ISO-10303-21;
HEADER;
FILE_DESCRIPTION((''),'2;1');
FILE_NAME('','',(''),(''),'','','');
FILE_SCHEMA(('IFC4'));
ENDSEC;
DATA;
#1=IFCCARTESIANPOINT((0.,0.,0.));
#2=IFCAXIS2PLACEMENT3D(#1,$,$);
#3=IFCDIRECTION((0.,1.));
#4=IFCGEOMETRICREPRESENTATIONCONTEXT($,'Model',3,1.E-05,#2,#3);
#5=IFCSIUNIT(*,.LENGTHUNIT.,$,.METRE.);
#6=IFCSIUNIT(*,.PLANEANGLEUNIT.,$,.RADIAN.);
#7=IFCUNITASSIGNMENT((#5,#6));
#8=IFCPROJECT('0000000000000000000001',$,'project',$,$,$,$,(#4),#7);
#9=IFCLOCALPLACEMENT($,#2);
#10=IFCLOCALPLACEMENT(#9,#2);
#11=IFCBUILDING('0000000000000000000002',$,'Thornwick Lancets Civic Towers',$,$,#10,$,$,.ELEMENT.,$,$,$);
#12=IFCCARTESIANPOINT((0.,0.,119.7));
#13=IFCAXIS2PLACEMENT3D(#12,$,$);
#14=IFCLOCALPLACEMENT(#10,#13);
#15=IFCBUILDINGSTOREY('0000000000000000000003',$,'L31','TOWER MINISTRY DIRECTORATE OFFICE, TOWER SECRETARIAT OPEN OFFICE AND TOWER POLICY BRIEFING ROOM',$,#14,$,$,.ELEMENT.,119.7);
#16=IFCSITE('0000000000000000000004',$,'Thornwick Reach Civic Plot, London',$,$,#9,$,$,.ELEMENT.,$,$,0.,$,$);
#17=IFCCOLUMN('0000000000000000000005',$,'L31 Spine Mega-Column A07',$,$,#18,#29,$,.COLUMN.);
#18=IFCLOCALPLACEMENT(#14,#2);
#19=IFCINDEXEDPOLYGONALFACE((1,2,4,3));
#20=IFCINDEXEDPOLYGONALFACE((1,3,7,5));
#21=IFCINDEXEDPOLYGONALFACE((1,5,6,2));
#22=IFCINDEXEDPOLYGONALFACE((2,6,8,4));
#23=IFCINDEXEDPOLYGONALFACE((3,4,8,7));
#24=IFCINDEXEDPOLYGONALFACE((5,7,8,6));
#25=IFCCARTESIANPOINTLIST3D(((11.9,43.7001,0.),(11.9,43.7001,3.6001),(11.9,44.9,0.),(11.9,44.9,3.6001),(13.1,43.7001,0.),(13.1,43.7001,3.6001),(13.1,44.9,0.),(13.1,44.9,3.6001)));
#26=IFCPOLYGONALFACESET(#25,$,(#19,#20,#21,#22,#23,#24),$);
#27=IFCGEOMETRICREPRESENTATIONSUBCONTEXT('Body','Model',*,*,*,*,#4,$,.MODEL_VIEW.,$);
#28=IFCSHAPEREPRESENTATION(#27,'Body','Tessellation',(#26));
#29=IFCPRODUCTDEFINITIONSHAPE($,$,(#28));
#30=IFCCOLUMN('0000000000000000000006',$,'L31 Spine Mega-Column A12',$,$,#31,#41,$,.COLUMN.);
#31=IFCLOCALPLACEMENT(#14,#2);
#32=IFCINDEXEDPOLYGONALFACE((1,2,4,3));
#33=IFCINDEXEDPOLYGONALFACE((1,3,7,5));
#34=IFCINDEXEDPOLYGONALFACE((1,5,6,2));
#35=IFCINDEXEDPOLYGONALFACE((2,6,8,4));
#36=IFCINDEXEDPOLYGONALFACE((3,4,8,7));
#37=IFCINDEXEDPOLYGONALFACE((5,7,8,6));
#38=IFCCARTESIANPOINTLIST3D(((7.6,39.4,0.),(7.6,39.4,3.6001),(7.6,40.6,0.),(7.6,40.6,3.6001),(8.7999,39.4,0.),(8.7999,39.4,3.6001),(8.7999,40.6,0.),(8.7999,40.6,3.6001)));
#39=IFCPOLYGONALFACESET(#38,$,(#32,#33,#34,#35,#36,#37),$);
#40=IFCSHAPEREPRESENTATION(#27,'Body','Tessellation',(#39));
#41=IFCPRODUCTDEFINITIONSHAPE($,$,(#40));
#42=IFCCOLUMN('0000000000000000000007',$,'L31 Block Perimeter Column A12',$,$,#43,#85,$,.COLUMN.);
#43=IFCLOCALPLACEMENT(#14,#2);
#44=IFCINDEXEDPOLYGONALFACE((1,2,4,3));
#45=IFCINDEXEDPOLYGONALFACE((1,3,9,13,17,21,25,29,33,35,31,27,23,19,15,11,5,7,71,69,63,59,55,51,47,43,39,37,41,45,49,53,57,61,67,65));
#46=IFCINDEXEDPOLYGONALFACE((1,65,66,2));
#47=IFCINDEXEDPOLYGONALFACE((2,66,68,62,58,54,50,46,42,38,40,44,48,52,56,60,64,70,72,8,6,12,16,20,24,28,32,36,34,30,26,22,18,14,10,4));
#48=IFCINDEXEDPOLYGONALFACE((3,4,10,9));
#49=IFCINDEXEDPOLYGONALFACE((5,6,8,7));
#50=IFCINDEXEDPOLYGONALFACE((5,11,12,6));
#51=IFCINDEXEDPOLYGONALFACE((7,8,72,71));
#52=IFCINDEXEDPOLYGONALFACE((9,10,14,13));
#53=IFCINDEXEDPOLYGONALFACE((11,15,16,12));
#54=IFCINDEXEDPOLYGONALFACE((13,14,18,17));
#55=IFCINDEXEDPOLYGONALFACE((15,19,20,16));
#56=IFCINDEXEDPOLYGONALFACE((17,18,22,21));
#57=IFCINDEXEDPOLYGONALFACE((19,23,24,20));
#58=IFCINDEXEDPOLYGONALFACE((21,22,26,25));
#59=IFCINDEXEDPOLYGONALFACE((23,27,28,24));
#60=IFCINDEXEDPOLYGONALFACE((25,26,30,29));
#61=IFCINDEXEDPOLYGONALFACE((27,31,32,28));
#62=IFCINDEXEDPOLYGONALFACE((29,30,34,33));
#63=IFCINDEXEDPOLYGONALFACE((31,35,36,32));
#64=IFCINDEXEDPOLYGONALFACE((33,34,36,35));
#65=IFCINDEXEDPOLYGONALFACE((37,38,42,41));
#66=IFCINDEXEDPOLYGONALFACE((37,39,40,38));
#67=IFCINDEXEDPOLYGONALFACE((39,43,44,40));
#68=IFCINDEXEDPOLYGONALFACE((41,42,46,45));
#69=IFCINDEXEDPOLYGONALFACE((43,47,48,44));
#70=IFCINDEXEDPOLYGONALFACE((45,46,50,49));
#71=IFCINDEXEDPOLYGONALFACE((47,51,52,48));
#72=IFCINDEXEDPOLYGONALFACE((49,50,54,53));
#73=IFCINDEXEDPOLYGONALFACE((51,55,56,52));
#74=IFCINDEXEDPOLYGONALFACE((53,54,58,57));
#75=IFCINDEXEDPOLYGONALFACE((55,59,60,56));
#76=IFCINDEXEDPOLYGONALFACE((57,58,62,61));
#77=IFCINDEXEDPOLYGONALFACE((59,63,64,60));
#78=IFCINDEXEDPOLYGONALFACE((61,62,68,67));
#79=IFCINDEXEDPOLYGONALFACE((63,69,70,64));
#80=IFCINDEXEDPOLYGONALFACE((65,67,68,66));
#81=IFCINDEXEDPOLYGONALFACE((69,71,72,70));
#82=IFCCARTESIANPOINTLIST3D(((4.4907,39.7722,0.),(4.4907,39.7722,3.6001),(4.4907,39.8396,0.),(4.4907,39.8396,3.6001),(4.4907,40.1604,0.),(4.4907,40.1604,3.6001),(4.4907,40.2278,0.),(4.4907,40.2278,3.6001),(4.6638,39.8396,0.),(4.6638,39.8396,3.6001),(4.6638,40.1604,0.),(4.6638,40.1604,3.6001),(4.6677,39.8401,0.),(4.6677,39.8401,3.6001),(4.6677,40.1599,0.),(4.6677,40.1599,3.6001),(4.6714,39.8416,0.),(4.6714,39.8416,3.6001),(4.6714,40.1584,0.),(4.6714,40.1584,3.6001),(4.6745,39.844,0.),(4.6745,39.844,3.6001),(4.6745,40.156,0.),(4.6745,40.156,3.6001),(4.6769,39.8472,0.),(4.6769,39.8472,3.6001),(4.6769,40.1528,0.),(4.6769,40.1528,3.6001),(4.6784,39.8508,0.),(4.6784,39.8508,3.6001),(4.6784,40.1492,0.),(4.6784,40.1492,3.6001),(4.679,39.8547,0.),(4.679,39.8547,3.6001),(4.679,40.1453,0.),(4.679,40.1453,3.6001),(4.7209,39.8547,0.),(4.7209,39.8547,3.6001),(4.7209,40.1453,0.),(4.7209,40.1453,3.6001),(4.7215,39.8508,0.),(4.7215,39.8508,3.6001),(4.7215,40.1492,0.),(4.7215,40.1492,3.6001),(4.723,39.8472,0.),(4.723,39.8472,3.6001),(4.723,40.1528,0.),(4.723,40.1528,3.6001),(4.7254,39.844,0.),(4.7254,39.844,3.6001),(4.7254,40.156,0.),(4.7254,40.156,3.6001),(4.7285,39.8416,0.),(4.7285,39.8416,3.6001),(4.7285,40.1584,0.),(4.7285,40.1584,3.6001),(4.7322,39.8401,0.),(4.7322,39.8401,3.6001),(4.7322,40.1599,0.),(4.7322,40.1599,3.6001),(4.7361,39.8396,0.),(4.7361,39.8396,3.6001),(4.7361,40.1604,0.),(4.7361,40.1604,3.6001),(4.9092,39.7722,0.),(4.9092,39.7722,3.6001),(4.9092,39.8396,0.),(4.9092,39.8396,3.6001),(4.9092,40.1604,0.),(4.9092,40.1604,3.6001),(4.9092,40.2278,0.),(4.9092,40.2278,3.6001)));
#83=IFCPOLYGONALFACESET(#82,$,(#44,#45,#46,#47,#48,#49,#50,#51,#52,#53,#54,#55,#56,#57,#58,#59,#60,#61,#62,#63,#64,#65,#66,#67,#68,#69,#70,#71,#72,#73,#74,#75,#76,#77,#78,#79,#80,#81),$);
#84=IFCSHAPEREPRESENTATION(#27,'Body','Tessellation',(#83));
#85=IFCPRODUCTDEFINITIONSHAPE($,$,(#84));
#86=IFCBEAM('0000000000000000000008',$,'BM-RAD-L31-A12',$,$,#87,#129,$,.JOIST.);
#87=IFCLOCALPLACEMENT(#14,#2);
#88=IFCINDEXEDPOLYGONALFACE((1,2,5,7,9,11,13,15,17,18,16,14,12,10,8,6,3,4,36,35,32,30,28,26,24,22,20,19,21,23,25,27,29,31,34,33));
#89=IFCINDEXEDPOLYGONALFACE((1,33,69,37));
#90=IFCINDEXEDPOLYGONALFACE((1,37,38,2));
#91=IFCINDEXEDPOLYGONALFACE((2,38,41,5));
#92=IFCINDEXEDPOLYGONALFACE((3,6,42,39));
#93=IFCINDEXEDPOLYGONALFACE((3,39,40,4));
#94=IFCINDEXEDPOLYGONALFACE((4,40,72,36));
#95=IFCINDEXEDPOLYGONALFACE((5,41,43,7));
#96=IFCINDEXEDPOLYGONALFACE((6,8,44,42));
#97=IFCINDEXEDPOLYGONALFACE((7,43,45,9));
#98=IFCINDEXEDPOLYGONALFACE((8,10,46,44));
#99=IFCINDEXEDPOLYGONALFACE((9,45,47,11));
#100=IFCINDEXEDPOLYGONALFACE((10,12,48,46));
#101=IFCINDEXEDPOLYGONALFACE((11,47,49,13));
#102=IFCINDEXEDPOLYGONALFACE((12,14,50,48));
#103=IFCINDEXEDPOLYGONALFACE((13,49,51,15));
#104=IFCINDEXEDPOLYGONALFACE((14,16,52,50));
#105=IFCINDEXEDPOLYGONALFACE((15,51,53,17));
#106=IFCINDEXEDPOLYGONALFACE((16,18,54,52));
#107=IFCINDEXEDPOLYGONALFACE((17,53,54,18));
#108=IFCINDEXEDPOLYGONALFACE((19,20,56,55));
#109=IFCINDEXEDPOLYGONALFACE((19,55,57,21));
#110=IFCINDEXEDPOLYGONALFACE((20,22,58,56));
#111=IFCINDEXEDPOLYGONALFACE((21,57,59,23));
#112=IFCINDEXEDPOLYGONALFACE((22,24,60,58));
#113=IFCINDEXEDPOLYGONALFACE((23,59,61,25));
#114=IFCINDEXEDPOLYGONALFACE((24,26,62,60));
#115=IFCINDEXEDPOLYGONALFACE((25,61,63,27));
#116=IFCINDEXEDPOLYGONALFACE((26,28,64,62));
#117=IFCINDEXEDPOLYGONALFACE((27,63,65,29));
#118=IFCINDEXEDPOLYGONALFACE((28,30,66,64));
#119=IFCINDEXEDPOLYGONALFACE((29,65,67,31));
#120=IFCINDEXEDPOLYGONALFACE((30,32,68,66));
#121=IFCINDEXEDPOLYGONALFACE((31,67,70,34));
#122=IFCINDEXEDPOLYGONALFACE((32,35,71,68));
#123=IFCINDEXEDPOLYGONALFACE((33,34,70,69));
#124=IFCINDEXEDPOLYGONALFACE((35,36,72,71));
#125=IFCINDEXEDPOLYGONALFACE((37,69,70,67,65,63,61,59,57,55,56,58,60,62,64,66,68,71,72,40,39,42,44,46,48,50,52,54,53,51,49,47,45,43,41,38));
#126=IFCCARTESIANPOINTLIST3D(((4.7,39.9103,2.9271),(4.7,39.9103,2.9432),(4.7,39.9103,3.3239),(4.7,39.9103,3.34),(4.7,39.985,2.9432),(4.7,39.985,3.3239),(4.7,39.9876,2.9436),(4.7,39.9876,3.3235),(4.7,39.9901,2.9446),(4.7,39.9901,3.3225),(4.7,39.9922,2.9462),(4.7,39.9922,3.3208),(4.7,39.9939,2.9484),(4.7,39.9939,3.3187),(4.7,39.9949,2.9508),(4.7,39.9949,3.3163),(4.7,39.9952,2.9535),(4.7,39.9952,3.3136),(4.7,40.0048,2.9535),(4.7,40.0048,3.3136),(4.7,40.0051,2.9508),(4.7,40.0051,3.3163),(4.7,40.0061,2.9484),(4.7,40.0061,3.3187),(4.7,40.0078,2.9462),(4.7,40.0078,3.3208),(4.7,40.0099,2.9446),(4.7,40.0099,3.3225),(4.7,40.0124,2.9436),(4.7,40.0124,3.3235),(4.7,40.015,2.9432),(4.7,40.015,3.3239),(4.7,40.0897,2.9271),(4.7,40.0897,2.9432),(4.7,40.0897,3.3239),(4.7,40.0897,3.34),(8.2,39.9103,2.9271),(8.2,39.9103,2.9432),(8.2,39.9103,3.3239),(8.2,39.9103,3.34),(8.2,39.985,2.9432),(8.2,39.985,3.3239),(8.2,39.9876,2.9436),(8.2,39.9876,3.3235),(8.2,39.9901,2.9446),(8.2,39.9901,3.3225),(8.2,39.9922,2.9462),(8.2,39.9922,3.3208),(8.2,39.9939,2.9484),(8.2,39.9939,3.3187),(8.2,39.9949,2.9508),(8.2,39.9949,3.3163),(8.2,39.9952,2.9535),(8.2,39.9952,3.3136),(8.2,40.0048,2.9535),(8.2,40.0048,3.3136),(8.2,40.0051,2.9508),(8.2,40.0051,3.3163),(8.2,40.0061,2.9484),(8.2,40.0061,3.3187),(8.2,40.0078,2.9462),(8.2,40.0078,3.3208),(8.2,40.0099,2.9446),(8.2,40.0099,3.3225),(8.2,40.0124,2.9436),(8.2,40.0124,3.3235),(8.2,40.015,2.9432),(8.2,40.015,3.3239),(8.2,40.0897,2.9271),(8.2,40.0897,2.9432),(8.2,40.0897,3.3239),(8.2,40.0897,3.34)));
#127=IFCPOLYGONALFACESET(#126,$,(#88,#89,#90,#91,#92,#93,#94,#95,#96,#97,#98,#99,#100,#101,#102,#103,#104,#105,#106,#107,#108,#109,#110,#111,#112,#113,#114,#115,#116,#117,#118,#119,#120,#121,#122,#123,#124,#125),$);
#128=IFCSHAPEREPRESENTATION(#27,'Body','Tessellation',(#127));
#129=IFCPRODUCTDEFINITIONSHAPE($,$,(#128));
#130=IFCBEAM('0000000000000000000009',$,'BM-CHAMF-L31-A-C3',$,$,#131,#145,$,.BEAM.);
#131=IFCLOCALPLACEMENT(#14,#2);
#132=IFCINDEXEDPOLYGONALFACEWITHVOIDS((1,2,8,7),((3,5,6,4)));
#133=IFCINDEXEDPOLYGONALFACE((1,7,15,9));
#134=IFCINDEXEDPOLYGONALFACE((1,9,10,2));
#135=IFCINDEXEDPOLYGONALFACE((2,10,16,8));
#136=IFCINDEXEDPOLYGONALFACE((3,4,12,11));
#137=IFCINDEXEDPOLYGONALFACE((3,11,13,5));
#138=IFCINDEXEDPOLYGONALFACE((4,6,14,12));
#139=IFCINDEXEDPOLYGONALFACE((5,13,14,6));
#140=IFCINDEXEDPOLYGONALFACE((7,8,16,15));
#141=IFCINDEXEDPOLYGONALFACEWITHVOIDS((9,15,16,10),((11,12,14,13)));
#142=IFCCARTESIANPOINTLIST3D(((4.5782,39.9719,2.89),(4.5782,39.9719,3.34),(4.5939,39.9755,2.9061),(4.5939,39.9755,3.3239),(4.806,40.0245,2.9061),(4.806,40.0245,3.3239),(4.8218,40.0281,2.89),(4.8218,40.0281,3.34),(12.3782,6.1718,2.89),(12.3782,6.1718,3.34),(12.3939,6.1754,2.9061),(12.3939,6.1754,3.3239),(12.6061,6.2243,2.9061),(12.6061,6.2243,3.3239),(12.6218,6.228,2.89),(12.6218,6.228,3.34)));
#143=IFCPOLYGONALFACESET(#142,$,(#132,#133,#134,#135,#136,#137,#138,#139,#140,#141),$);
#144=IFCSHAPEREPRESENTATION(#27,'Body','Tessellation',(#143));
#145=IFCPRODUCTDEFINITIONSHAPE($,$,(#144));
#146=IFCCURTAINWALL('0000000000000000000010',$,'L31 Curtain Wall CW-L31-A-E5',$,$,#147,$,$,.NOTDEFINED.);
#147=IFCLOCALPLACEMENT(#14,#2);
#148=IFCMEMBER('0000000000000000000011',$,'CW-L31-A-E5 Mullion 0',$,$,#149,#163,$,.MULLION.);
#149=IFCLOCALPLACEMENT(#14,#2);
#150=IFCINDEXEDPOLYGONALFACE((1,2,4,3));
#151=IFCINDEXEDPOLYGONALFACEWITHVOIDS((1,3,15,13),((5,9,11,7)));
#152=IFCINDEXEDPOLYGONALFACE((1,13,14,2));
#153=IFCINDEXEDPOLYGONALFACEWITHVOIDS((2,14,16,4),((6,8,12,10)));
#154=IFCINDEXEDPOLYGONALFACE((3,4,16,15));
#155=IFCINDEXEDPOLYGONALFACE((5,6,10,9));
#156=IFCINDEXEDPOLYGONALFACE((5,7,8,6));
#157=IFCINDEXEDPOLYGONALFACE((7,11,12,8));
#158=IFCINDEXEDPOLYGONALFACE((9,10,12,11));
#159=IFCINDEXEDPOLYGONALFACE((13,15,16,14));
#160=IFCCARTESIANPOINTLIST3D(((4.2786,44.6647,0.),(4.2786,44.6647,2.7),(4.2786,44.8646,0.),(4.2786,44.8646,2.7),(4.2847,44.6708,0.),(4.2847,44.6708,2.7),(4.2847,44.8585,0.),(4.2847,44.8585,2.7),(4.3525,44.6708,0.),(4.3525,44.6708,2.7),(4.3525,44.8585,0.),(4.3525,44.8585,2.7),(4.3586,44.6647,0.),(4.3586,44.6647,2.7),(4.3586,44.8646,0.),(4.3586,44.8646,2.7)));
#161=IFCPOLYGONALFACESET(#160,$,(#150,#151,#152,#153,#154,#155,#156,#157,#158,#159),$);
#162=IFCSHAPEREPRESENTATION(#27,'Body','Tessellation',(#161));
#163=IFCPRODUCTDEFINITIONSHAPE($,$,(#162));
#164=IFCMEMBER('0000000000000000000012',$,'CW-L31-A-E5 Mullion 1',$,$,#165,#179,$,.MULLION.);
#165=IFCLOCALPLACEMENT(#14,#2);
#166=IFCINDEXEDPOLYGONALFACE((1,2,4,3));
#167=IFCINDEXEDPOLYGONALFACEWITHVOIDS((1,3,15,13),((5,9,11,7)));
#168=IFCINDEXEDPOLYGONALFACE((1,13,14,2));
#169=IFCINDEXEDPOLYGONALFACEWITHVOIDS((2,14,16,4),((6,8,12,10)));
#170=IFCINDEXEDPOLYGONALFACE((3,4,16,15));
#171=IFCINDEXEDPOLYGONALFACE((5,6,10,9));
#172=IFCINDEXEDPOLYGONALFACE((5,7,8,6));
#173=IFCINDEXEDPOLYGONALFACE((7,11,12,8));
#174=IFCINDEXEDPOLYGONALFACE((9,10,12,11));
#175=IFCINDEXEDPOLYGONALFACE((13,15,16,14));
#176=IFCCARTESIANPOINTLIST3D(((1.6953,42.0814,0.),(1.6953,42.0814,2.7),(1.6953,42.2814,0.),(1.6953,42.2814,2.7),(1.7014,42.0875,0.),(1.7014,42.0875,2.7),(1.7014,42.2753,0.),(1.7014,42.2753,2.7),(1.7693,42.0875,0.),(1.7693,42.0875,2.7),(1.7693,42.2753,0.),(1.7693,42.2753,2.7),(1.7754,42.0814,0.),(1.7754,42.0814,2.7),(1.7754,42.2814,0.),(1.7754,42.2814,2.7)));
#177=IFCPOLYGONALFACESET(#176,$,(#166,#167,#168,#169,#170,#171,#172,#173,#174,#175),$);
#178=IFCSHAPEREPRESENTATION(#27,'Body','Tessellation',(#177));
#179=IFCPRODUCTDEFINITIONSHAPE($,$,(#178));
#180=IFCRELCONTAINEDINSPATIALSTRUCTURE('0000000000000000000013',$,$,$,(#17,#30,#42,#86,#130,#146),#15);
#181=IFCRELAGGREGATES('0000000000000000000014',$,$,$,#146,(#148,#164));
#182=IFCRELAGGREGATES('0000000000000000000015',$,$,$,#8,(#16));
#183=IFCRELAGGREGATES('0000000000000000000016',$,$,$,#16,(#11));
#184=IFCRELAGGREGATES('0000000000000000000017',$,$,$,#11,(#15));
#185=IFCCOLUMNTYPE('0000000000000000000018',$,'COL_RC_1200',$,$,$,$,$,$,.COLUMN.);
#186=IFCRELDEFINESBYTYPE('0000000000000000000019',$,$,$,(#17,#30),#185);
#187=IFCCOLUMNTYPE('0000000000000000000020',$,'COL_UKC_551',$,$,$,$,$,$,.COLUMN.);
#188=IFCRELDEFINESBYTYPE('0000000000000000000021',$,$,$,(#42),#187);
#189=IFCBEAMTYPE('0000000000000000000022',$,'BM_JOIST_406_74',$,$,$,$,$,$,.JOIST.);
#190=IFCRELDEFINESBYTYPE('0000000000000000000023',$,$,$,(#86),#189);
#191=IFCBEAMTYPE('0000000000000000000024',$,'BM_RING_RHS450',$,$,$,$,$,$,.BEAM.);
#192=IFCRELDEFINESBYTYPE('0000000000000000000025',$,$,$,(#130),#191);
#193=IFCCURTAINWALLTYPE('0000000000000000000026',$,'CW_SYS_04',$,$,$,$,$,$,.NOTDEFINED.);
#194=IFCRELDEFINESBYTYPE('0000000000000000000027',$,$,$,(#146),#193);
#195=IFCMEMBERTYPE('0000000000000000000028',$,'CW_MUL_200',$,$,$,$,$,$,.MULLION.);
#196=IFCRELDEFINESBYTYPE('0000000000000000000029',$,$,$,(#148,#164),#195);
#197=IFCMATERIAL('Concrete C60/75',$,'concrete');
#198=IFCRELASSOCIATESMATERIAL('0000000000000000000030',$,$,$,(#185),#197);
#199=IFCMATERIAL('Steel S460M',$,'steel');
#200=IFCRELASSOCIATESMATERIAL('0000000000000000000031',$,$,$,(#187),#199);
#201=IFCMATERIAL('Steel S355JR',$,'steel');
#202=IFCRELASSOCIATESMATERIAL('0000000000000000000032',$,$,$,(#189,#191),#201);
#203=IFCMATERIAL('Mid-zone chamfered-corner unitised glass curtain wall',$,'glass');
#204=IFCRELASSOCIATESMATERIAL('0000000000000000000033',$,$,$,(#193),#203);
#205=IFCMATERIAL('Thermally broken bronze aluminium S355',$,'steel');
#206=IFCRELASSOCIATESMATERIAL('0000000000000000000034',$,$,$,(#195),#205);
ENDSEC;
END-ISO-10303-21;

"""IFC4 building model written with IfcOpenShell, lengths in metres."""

from ifc_helpers import new_model, si_unit, direction, frame, origin, origin_2d, place, context, subcontext, project, spatial, rectangle, hollow_rectangle, i_section, extrude, material, material_profile, profile_set, type_object, element, aggregate, save


model = new_model("IFC4")

# Units and contexts
model_context = context("Model", 3, precision=1e-05, world=origin(), true_north=direction((0.0, 1.0)))
body_context = subcontext(model_context, "Body", "Model", "MODEL_VIEW")
ifc_project = project(units=[si_unit("LENGTHUNIT", "METRE"), si_unit("PLANEANGLEUNIT", "RADIAN")], contexts=[model_context])

# Site, building, storey
site_placement = place(None, origin())
site = spatial("IfcSite", under=ifc_project, at=site_placement, Name="Thornwick Reach Civic Plot, London", CompositionType="ELEMENT", RefElevation=0.0)
building_placement = place(site_placement, origin())
building = spatial("IfcBuilding", under=site, at=building_placement, Name="Thornwick Lancets Civic Towers", CompositionType="ELEMENT")
storey_placement = place(building_placement, frame((0.0, 0.0, 119.7)))
storey = spatial("IfcBuildingStorey", under=building, at=storey_placement, Name="L31", Description="TOWER MINISTRY DIRECTORATE OFFICE, TOWER SECRETARIAT OPEN OFFICE AND TOWER POLICY BRIEFING ROOM", CompositionType="ELEMENT", Elevation=119.7)

# Columns
ifc_material_1 = material(Name="Concrete C60/75", Category="concrete")
ifc_material_profile_1 = material_profile(ifc_material_1, rectangle(XDim=1.2, YDim=1.2, at=origin_2d()), Name="RC 1200x1200")
ifc_profile_set_1 = profile_set([ifc_material_profile_1], Name="Concrete C60/75")
column_type_1 = type_object("IfcColumnType", Name="COL_RC_1200", PredefinedType="COLUMN", material=ifc_profile_set_1)
for number, where, z_axis, x_axis, name in (
    (1, (12.5, 44.3, 0.0), (0.0, 0.0, 1.0), (1.0, 0.0, 0.0), "L31 Spine Mega-Column A07"),
    (2, (8.2, 40.0, 0.0), (0.0, 0.0, 1.0), (1.0, 0.0, 0.0), "L31 Spine Mega-Column A12"),
):
    element("IfcColumn", number, at=place(storey_placement, frame(where, z_axis=z_axis, x_axis=x_axis)), inside=storey, type_object=column_type_1, Name=name, PredefinedType="COLUMN", context=body_context, shape_type="SweptSolid", body=[
        extrude(rectangle(XDim=1.2, YDim=1.2, at=origin_2d()), origin(), (0.0, 0.0, 1.0), 3.6001),
    ])
ifc_material_2 = material(Name="Steel S460M", Category="steel")
ifc_material_profile_2 = material_profile(ifc_material_2, i_section(OverallWidth=0.4185, OverallDepth=0.4556, WebThickness=0.042, FlangeThickness=0.0674, FilletRadius=0.0151, at=origin_2d()), Name="UKC 356x406x551")
ifc_profile_set_2 = profile_set([ifc_material_profile_2], Name="Steel S460M")
column_type_2 = type_object("IfcColumnType", Name="COL_UKC_551", PredefinedType="COLUMN", material=ifc_profile_set_2)
column_placement = place(storey_placement, frame((4.7, 40.0, 0.0), z_axis=(0.0, 0.0, 1.0), x_axis=(1.0, 0.0, 0.0)))
element("IfcColumn", 3, at=column_placement, inside=storey, type_object=column_type_2, Name="L31 Block Perimeter Column A12", PredefinedType="COLUMN", context=body_context, shape_type="SweptSolid", body=[
    extrude(i_section(OverallWidth=0.4185, OverallDepth=0.4556, WebThickness=0.042, FlangeThickness=0.0674, FilletRadius=0.0151, at=origin_2d()), origin(), (0.0, 0.0, 1.0), 3.6001),
])

# Beams
ifc_material_3 = material(Name="Steel S355JR", Category="steel")
ifc_material_profile_3 = material_profile(ifc_material_3, i_section(OverallWidth=0.1794, OverallDepth=0.4128, WebThickness=0.0095, FlangeThickness=0.0161, FilletRadius=0.0103, at=origin_2d()), Name="UKB 406x178x74")
ifc_profile_set_3 = profile_set([ifc_material_profile_3], Name="Steel S355JR")
beam_type_1 = type_object("IfcBeamType", Name="BM_JOIST_406_74", PredefinedType="JOIST", material=ifc_profile_set_3)
beam_1_placement = place(storey_placement, frame((8.2, 40.0, 3.1335), z_axis=(-1.0, 0.0, 0.0), x_axis=(0.0, -1.0, 0.0)))
element("IfcBeam", 4, at=beam_1_placement, inside=storey, type_object=beam_type_1, Name="BM-RAD-L31-A12", PredefinedType="JOIST", context=body_context, shape_type="SweptSolid", body=[
    extrude(i_section(OverallWidth=0.1794, OverallDepth=0.4128, WebThickness=0.0095, FlangeThickness=0.0161, FilletRadius=0.0103, at=origin_2d()), origin(), (0.0, 0.0, 1.0), 3.5),
])
ifc_material_profile_4 = material_profile(ifc_material_3, hollow_rectangle(XDim=0.25, YDim=0.45, WallThickness=0.0161, at=origin_2d()), Name="RHS 450x250x16")
ifc_profile_set_4 = profile_set([ifc_material_profile_4], Name="Steel S355JR")
beam_type_2 = type_object("IfcBeamType", Name="BM_RING_RHS450", PredefinedType="BEAM", material=ifc_profile_set_4)
beam_2_placement = place(storey_placement, frame((4.7, 40.0, 3.115), z_axis=(0.224861, -0.974391, 0.0), x_axis=(0.974391, 0.224861, 0.0)))
element("IfcBeam", 5, at=beam_2_placement, inside=storey, type_object=beam_type_2, Name="BM-CHAMF-L31-A-C3", PredefinedType="BEAM", context=body_context, shape_type="SweptSolid", body=[
    extrude(hollow_rectangle(XDim=0.25, YDim=0.45, WallThickness=0.0161, at=origin_2d()), origin(), (0.0, 0.0, 1.0), 34.6885),
])

# Curtain wall, members
ifc_material_4 = material(Name="Mid-zone chamfered-corner unitised glass curtain wall", Category="glass")
curtain_wall_type = type_object("IfcCurtainWallType", Name="CW_SYS_04", PredefinedType="NOTDEFINED", material=ifc_material_4)
curtain_wall_placement = place(storey_placement, origin())
curtain_wall = element("IfcCurtainWall", 6, at=curtain_wall_placement, inside=storey, type_object=curtain_wall_type, Name="L31 Curtain Wall CW-L31-A-E5", PredefinedType="NOTDEFINED")
ifc_material_5 = material(Name="Thermally broken bronze aluminium S355", Category="steel")
ifc_material_profile_5 = material_profile(ifc_material_5, hollow_rectangle(XDim=0.0801, YDim=0.2, WallThickness=0.0061, at=origin_2d()), Name="RHS 200x80x6")
ifc_profile_set_5 = profile_set([ifc_material_profile_5], Name="Thermally broken bronze aluminium S355")
member_type_1 = type_object("IfcMemberType", Name="CW_MUL_200", PredefinedType="MULLION", material=ifc_profile_set_5)
member_1_placement = place(storey_placement, frame((4.3186, 44.7646, 0.0), z_axis=(0.0, 0.0, 1.0), x_axis=(1.0, 0.0, 0.0)))
member_1 = element("IfcMember", 7, at=member_1_placement, type_object=member_type_1, Name="CW-L31-A-E5 Mullion 0", PredefinedType="MULLION", context=body_context, shape_type="SweptSolid", body=[
    extrude(hollow_rectangle(XDim=0.0801, YDim=0.2, WallThickness=0.0061, at=origin_2d()), origin(), (0.0, 0.0, 1.0), 2.7),
])
member_2_placement = place(storey_placement, frame((1.7354, 42.1814, 0.0), z_axis=(0.0, 0.0, 1.0), x_axis=(1.0, 0.0, 0.0)))
member_2 = element("IfcMember", 8, at=member_2_placement, type_object=member_type_1, Name="CW-L31-A-E5 Mullion 1", PredefinedType="MULLION", context=body_context, shape_type="SweptSolid", body=[
    extrude(hollow_rectangle(XDim=0.0801, YDim=0.2, WallThickness=0.0061, at=origin_2d()), origin(), (0.0, 0.0, 1.0), 2.7),
])
aggregate(curtain_wall, [member_1, member_2])

save(model, "model.ifc")
